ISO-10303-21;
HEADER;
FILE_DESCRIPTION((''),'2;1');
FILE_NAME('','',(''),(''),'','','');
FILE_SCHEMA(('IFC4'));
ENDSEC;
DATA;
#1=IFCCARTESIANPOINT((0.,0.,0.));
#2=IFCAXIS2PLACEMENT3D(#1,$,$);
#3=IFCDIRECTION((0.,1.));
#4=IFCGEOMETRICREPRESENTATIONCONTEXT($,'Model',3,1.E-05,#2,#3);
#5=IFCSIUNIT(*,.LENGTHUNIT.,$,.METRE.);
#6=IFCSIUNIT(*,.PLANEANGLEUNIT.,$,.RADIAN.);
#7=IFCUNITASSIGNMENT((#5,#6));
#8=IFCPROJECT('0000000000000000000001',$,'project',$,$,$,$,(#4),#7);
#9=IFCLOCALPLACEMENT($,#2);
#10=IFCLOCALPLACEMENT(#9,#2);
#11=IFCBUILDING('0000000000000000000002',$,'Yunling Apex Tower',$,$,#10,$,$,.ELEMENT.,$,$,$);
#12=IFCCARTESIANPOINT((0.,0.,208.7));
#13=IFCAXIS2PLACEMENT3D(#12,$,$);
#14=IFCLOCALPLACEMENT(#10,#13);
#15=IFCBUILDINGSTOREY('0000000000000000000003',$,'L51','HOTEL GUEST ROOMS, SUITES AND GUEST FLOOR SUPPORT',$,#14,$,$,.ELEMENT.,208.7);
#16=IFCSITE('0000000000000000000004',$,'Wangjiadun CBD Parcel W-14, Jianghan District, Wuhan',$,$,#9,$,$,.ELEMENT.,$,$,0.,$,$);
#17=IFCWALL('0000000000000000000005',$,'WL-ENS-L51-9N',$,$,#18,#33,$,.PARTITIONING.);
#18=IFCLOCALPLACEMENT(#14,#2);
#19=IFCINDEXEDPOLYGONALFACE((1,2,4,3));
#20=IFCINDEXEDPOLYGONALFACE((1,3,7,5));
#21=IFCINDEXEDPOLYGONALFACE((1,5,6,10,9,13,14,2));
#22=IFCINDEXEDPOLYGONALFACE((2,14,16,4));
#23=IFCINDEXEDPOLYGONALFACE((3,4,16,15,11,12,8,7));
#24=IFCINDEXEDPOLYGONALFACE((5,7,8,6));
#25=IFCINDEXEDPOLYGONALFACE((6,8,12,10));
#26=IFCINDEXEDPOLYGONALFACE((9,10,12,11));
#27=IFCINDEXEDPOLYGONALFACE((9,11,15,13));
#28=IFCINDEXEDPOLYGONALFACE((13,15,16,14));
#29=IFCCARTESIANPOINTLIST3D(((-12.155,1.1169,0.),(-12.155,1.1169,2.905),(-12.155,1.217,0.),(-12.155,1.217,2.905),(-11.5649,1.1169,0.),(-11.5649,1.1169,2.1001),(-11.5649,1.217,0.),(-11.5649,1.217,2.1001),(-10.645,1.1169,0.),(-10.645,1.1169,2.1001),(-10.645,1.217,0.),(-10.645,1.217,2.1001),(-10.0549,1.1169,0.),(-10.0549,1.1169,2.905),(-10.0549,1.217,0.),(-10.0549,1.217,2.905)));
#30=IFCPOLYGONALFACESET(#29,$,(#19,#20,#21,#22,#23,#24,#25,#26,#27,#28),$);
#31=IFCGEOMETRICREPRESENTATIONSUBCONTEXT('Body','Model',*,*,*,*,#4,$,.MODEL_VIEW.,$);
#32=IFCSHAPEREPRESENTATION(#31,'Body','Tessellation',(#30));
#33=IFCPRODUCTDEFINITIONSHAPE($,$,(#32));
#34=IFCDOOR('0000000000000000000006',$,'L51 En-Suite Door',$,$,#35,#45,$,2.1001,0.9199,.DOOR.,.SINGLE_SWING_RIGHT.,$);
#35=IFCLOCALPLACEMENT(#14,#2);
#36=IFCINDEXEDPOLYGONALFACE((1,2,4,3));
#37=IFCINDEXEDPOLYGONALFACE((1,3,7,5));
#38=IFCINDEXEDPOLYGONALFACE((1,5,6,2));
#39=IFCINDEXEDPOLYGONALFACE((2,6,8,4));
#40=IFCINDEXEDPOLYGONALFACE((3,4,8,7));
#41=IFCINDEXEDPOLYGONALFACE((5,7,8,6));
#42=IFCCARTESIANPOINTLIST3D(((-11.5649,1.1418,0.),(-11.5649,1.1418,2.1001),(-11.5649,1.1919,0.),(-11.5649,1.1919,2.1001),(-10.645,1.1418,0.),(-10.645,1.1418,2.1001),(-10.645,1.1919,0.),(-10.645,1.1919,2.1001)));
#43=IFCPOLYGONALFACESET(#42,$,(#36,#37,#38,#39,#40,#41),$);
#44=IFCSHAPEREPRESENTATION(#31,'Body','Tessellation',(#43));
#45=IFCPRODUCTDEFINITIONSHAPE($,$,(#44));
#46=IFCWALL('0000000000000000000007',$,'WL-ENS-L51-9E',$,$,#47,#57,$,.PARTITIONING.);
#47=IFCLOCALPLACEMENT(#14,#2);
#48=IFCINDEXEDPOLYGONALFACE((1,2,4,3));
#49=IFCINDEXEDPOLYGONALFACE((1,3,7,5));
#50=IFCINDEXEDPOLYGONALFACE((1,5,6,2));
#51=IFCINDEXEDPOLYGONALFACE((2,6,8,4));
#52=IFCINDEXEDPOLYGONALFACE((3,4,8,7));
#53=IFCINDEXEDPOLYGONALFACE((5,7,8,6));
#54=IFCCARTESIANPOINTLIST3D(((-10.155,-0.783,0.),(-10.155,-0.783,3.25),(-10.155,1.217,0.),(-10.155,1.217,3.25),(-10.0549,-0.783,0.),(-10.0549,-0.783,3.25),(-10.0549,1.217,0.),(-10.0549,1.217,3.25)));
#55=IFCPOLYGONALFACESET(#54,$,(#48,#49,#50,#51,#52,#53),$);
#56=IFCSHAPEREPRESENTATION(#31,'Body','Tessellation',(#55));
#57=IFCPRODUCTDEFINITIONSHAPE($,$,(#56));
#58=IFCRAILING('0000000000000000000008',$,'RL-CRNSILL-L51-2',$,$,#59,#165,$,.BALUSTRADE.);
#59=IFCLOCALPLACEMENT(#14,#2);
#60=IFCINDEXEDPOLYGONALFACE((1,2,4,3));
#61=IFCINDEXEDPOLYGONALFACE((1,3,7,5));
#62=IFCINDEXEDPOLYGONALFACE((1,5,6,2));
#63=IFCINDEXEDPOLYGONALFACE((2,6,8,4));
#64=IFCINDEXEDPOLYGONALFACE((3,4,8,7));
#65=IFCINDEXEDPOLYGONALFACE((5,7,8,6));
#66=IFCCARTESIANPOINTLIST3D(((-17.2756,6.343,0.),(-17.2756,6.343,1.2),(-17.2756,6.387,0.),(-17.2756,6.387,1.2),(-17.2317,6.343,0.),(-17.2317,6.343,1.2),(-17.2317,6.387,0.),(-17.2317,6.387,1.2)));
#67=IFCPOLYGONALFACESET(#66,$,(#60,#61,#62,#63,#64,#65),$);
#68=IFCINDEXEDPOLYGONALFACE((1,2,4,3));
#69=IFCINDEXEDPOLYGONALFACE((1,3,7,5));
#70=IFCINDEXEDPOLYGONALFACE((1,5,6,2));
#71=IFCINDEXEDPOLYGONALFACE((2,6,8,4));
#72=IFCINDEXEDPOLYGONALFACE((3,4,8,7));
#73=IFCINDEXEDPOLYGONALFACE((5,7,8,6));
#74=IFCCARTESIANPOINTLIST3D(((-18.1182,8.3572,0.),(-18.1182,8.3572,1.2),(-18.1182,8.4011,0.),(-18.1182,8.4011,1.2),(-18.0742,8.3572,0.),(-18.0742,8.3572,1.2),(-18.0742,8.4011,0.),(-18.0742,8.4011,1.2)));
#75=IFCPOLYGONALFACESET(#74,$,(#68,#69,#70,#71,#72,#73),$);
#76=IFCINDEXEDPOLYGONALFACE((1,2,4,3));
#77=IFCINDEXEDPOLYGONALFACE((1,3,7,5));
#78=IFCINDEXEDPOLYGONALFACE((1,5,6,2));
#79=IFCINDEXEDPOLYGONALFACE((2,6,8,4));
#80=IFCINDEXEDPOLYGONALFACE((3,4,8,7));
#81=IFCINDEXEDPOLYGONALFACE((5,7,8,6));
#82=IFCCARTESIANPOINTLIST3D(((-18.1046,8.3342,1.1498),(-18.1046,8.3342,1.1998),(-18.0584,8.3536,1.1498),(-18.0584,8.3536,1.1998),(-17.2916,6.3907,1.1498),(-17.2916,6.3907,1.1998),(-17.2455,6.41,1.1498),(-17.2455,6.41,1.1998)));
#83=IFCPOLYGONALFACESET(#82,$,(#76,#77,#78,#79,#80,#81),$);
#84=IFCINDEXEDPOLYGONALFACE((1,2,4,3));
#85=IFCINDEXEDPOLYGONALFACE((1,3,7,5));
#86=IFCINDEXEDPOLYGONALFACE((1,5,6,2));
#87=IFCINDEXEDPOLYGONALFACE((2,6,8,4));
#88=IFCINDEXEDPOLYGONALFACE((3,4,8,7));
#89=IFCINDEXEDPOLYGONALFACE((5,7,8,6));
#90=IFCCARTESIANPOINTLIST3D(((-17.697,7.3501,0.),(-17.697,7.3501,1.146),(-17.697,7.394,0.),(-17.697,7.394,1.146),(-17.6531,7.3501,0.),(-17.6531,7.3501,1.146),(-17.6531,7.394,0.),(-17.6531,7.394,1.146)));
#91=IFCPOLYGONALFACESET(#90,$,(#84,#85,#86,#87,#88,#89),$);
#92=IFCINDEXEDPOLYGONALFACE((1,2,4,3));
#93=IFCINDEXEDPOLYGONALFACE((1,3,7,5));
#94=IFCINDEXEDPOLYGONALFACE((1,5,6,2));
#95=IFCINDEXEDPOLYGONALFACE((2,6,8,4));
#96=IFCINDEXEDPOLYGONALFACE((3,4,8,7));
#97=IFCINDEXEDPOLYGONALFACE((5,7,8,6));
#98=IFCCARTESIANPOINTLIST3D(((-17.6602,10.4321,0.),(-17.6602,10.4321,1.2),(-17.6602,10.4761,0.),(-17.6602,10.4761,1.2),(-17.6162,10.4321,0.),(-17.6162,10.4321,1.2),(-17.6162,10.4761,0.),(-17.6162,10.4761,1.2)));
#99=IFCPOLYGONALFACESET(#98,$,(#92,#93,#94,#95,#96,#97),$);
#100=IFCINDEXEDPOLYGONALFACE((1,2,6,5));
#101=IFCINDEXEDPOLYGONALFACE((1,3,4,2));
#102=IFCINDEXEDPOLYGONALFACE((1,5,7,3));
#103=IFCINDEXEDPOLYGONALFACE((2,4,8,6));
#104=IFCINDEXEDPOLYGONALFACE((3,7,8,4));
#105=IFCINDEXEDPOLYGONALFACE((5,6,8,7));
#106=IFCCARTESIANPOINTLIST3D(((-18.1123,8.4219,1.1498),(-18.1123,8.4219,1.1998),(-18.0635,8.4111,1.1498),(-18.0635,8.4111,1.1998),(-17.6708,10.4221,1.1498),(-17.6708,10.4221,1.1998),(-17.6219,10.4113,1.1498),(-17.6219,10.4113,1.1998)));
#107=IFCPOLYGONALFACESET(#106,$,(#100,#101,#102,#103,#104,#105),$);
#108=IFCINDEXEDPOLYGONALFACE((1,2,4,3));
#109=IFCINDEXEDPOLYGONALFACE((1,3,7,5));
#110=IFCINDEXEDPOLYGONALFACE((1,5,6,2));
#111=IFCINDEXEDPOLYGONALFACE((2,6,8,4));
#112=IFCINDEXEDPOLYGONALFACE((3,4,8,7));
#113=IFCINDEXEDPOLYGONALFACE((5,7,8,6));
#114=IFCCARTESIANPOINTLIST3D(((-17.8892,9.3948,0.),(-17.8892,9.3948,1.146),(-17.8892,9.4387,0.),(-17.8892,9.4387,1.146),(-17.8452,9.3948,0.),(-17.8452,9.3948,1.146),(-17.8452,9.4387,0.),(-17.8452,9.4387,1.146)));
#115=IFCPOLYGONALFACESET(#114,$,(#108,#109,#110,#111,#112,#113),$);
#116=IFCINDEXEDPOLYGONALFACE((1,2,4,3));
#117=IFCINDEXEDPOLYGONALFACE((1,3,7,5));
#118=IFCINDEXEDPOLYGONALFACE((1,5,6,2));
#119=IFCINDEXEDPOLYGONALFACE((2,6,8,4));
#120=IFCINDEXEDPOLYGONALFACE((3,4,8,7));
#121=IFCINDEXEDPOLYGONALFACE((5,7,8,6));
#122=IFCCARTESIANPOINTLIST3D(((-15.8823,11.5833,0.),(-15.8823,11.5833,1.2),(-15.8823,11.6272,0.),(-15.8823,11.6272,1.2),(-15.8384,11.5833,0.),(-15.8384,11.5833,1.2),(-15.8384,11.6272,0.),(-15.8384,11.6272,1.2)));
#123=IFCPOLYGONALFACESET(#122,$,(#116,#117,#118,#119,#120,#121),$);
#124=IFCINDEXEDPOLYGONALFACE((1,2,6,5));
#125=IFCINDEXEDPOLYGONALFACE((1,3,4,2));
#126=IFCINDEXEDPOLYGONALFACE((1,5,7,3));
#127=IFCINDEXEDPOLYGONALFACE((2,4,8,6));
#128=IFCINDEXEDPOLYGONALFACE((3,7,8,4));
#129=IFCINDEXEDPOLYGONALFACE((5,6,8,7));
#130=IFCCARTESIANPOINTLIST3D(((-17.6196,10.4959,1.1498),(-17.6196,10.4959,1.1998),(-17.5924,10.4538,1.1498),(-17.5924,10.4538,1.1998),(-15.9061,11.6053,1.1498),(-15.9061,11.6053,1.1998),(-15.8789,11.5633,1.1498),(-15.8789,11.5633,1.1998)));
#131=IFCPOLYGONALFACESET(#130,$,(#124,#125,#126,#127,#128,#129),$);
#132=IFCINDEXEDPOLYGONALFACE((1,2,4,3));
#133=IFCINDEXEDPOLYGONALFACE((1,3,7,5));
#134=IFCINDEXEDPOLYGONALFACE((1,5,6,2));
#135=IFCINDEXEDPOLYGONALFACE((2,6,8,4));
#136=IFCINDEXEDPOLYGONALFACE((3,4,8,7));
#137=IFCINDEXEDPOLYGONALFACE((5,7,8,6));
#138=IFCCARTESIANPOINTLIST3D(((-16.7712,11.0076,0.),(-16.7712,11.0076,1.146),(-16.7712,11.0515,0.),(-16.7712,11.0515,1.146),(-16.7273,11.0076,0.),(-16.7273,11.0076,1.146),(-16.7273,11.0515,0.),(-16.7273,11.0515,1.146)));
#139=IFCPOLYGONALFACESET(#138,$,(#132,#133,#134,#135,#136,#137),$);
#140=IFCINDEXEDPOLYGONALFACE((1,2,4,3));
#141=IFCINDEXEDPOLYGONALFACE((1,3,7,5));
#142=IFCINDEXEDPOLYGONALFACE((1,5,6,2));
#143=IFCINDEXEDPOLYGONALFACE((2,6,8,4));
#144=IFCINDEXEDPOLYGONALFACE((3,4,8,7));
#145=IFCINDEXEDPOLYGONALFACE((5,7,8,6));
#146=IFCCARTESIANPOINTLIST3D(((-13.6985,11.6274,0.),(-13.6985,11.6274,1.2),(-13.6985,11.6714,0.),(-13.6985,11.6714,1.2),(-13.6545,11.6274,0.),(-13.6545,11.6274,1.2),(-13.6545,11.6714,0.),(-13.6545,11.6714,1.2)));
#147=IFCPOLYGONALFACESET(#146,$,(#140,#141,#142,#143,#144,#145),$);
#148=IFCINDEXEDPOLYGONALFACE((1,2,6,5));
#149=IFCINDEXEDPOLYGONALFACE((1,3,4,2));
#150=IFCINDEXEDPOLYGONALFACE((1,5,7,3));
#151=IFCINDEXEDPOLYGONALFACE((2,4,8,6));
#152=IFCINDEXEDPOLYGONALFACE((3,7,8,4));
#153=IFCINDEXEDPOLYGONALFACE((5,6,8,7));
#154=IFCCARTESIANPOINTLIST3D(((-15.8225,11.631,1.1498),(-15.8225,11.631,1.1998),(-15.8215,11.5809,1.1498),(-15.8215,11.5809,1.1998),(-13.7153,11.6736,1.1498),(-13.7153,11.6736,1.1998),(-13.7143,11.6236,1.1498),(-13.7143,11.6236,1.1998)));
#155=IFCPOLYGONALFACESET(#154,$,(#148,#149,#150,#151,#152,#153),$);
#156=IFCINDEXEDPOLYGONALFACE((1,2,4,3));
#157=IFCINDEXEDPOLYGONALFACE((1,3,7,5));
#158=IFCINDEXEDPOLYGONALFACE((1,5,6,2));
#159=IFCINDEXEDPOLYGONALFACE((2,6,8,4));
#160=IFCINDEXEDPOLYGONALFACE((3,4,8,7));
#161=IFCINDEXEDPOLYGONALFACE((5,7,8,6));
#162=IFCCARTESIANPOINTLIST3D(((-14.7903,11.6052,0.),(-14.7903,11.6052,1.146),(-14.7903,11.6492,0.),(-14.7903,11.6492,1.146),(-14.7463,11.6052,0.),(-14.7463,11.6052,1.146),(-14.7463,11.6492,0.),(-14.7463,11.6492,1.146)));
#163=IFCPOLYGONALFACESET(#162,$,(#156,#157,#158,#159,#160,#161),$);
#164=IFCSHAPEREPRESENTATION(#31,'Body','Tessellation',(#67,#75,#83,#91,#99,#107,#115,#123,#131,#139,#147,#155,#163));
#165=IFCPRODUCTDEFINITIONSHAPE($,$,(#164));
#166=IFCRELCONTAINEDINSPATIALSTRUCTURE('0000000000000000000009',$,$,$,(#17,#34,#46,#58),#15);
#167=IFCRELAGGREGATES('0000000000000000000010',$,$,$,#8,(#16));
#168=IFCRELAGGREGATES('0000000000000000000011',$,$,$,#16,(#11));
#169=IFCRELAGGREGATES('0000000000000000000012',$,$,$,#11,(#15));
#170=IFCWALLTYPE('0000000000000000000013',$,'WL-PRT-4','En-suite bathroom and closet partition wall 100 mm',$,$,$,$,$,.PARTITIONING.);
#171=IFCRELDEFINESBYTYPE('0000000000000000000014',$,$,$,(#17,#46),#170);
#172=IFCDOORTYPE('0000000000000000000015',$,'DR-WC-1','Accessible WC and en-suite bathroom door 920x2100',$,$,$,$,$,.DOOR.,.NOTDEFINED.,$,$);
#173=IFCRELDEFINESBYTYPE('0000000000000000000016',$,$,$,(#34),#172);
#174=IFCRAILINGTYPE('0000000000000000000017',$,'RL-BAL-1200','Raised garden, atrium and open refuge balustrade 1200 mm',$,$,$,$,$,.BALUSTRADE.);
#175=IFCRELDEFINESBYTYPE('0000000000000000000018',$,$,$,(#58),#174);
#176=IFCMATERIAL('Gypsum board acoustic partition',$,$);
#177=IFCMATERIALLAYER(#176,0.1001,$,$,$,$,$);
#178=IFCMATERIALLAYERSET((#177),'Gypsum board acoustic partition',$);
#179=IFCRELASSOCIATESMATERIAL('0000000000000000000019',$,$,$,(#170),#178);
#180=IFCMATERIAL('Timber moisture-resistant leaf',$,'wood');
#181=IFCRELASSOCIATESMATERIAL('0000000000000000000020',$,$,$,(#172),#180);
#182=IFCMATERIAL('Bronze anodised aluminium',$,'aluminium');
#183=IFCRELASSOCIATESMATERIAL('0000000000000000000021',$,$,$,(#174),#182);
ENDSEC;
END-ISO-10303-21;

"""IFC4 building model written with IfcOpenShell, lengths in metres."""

from ifc_helpers import new_model, si_unit, direction, frame, frame_2d, origin, origin_2d, place, context, subcontext, project, spatial, rectangle, extrude, material, layer, layer_set, type_object, element, fill, save


model = new_model("IFC4")

# Units and contexts
model_context = context("Model", 3, precision=1e-05, world=origin(), true_north=direction((0.0, 1.0)))
body_context = subcontext(model_context, "Body", "Model", "MODEL_VIEW")
ifc_project = project(units=[si_unit("LENGTHUNIT", "METRE"), si_unit("PLANEANGLEUNIT", "RADIAN")], contexts=[model_context])

# Site, building, storey
site_placement = place(None, origin())
site = spatial("IfcSite", under=ifc_project, at=site_placement, Name="Wangjiadun CBD Parcel W-14, Jianghan District, Wuhan", CompositionType="ELEMENT", RefElevation=0.0)
building_placement = place(site_placement, origin())
building = spatial("IfcBuilding", under=site, at=building_placement, Name="Yunling Apex Tower", CompositionType="ELEMENT")
storey_placement = place(building_placement, frame((0.0, 0.0, 208.7)))
storey = spatial("IfcBuildingStorey", under=building, at=storey_placement, Name="L51", Description="HOTEL GUEST ROOMS, SUITES AND GUEST FLOOR SUPPORT", CompositionType="ELEMENT", Elevation=208.7)

# Shared definitions
ifc_material_1 = material(Name="Bronze anodised aluminium", Category="aluminium")

# Shared definitions
ifc_material_2 = material(Name="Gypsum board acoustic partition")
ifc_layer_1 = layer(ifc_material_2, 0.1001)
ifc_layer_set_1 = layer_set([ifc_layer_1], Name="Gypsum board acoustic partition")
wall_type = type_object("IfcWallType", Name="WL-PRT-4", Description="En-suite bathroom and closet partition wall 100 mm", PredefinedType="PARTITIONING", material=ifc_layer_set_1)
ifc_material_3 = material(Name="Timber moisture-resistant leaf", Category="wood")
door_type = type_object("IfcDoorType", Name="DR-WC-1", Description="Accessible WC and en-suite bathroom door 920x2100", OperationType="NOTDEFINED", PredefinedType="DOOR", material=ifc_material_3)

# Wall, opening, door
wall_1_placement = place(storey_placement, frame((-12.155, 1.167, 0.0), z_axis=(0.0, 0.0, 1.0), x_axis=(1.0, 0.0, 0.0)))
wall_1 = element("IfcWall", 1, at=wall_1_placement, inside=storey, type_object=wall_type, Name="WL-ENS-L51-9N", PredefinedType="PARTITIONING", context=body_context, shape_type="SweptSolid", body=[
    extrude(rectangle(XDim=2.1001, YDim=0.1001, at=frame_2d((1.05, 0.0))), origin(), (0.0, 0.0, 1.0), 2.905),
])
opening_1_placement = place(wall_1_placement, frame((0.5901, 0.0, 0.0)))
opening_1 = element("IfcOpeningElement", 2, at=opening_1_placement, cuts=wall_1, PredefinedType="OPENING", context=body_context, shape_type="SweptSolid", body=[
    extrude(rectangle(XDim=0.9199, YDim=2.1001, at=frame_2d((0.46, 1.05))), frame((0.0, 0.0601, 0.0), z_axis=(0.0, -1.0, 0.0), x_axis=(1.0, 0.0, 0.0)), (0.0, 0.0, 1.0), 0.1201),
])
door_1_placement = place(opening_1_placement, origin())
door_1 = element("IfcDoor", 3, at=door_1_placement, inside=storey, type_object=door_type, Name="L51 En-Suite Door", OperationType="SINGLE_SWING_RIGHT", OverallHeight=2.1001, OverallWidth=0.9199, PredefinedType="DOOR", context=body_context, shape_type="SweptSolid", body=[
    extrude(rectangle(XDim=0.9199, YDim=2.1001, at=frame_2d((0.46, 1.05))), frame((0.0, 0.0249, 0.0), z_axis=(0.0, -1.0, 0.0), x_axis=(1.0, 0.0, 0.0)), (0.0, 0.0, 1.0), 0.05),
])
fill(opening_1, door_1)

# Wall
wall_2_placement = place(storey_placement, frame((-10.105, 1.217, 0.0), z_axis=(0.0, 0.0, 1.0), x_axis=(0.0, -1.0, 0.0)))
element("IfcWall", 4, at=wall_2_placement, inside=storey, type_object=wall_type, Name="WL-ENS-L51-9E", PredefinedType="PARTITIONING", context=body_context, shape_type="SweptSolid", body=[
    extrude(rectangle(XDim=2.0, YDim=0.1001, at=frame_2d((1.0, 0.0))), origin(), (0.0, 0.0, 1.0), 3.25),
])

# Railing
railing_type = type_object("IfcRailingType", Name="RL-BAL-1200", Description="Raised garden, atrium and open refuge balustrade 1200 mm", PredefinedType="BALUSTRADE", material=ifc_material_1)
railing_placement = place(storey_placement, frame((-17.2537, 6.365, 0.0)))
element("IfcRailing", 5, at=railing_placement, inside=storey, type_object=railing_type, Name="RL-CRNSILL-L51-2", PredefinedType="BALUSTRADE", context=body_context, shape_type="SweptSolid", body=[
    extrude(rectangle(XDim=0.0439, YDim=0.0439, at=origin_2d()), origin(), (0.0, 0.0, 1.0), 1.2),
    extrude(rectangle(XDim=0.0439, YDim=0.0439, at=origin_2d()), frame((-0.8425, 2.0142, 0.0)), (0.0, 0.0, 1.0), 1.2),
    extrude(rectangle(XDim=0.05, YDim=0.05, at=origin_2d()), frame((-0.0149, 0.0354, 1.1748), z_axis=(-0.385901, 0.92254, 0.0), x_axis=(-0.92254, -0.385901, 0.0)), (0.0, 0.0, 1.0), 2.1067),
    extrude(rectangle(XDim=0.0439, YDim=0.0439, at=origin_2d()), frame((-0.4214, 1.0071, 0.0)), (0.0, 0.0, 1.0), 1.146),
    extrude(rectangle(XDim=0.0439, YDim=0.0439, at=origin_2d()), frame((-0.3845, 4.0891, 0.0)), (0.0, 0.0, 1.0), 1.2),
    extrude(rectangle(XDim=0.05, YDim=0.05, at=origin_2d()), frame((-0.8342, 2.0515, 1.1748), z_axis=(0.215543, 0.976494, 0.0), x_axis=(-0.976494, 0.215543, 0.0)), (0.0, 0.0, 1.0), 2.0483),
    extrude(rectangle(XDim=0.0439, YDim=0.0439, at=origin_2d()), frame((-0.6135, 3.0518, 0.0)), (0.0, 0.0, 1.0), 1.146),
    extrude(rectangle(XDim=0.0439, YDim=0.0439, at=origin_2d()), frame((1.3933, 5.2402, 0.0)), (0.0, 0.0, 1.0), 1.2),
    extrude(rectangle(XDim=0.05, YDim=0.05, at=origin_2d()), frame((-0.3523, 4.1099, 1.1748), z_axis=(0.839406, 0.543505, 0.0), x_axis=(-0.543505, 0.839406, 0.0)), (0.0, 0.0, 1.0), 2.0413),
    extrude(rectangle(XDim=0.0439, YDim=0.0439, at=origin_2d()), frame((0.5044, 4.6646, 0.0)), (0.0, 0.0, 1.0), 1.146),
    extrude(rectangle(XDim=0.0439, YDim=0.0439, at=origin_2d()), frame((3.5771, 5.2844, 0.0)), (0.0, 0.0, 1.0), 1.2),
    extrude(rectangle(XDim=0.05, YDim=0.05, at=origin_2d()), frame((1.4316, 5.241, 1.1748), z_axis=(0.999795, 0.020231, 0.0), x_axis=(-0.020231, 0.999795, 0.0)), (0.0, 0.0, 1.0), 2.1077),
    extrude(rectangle(XDim=0.0439, YDim=0.0439, at=origin_2d()), frame((2.4854, 5.2622, 0.0)), (0.0, 0.0, 1.0), 1.146),
])

save(model, "model.ifc")
